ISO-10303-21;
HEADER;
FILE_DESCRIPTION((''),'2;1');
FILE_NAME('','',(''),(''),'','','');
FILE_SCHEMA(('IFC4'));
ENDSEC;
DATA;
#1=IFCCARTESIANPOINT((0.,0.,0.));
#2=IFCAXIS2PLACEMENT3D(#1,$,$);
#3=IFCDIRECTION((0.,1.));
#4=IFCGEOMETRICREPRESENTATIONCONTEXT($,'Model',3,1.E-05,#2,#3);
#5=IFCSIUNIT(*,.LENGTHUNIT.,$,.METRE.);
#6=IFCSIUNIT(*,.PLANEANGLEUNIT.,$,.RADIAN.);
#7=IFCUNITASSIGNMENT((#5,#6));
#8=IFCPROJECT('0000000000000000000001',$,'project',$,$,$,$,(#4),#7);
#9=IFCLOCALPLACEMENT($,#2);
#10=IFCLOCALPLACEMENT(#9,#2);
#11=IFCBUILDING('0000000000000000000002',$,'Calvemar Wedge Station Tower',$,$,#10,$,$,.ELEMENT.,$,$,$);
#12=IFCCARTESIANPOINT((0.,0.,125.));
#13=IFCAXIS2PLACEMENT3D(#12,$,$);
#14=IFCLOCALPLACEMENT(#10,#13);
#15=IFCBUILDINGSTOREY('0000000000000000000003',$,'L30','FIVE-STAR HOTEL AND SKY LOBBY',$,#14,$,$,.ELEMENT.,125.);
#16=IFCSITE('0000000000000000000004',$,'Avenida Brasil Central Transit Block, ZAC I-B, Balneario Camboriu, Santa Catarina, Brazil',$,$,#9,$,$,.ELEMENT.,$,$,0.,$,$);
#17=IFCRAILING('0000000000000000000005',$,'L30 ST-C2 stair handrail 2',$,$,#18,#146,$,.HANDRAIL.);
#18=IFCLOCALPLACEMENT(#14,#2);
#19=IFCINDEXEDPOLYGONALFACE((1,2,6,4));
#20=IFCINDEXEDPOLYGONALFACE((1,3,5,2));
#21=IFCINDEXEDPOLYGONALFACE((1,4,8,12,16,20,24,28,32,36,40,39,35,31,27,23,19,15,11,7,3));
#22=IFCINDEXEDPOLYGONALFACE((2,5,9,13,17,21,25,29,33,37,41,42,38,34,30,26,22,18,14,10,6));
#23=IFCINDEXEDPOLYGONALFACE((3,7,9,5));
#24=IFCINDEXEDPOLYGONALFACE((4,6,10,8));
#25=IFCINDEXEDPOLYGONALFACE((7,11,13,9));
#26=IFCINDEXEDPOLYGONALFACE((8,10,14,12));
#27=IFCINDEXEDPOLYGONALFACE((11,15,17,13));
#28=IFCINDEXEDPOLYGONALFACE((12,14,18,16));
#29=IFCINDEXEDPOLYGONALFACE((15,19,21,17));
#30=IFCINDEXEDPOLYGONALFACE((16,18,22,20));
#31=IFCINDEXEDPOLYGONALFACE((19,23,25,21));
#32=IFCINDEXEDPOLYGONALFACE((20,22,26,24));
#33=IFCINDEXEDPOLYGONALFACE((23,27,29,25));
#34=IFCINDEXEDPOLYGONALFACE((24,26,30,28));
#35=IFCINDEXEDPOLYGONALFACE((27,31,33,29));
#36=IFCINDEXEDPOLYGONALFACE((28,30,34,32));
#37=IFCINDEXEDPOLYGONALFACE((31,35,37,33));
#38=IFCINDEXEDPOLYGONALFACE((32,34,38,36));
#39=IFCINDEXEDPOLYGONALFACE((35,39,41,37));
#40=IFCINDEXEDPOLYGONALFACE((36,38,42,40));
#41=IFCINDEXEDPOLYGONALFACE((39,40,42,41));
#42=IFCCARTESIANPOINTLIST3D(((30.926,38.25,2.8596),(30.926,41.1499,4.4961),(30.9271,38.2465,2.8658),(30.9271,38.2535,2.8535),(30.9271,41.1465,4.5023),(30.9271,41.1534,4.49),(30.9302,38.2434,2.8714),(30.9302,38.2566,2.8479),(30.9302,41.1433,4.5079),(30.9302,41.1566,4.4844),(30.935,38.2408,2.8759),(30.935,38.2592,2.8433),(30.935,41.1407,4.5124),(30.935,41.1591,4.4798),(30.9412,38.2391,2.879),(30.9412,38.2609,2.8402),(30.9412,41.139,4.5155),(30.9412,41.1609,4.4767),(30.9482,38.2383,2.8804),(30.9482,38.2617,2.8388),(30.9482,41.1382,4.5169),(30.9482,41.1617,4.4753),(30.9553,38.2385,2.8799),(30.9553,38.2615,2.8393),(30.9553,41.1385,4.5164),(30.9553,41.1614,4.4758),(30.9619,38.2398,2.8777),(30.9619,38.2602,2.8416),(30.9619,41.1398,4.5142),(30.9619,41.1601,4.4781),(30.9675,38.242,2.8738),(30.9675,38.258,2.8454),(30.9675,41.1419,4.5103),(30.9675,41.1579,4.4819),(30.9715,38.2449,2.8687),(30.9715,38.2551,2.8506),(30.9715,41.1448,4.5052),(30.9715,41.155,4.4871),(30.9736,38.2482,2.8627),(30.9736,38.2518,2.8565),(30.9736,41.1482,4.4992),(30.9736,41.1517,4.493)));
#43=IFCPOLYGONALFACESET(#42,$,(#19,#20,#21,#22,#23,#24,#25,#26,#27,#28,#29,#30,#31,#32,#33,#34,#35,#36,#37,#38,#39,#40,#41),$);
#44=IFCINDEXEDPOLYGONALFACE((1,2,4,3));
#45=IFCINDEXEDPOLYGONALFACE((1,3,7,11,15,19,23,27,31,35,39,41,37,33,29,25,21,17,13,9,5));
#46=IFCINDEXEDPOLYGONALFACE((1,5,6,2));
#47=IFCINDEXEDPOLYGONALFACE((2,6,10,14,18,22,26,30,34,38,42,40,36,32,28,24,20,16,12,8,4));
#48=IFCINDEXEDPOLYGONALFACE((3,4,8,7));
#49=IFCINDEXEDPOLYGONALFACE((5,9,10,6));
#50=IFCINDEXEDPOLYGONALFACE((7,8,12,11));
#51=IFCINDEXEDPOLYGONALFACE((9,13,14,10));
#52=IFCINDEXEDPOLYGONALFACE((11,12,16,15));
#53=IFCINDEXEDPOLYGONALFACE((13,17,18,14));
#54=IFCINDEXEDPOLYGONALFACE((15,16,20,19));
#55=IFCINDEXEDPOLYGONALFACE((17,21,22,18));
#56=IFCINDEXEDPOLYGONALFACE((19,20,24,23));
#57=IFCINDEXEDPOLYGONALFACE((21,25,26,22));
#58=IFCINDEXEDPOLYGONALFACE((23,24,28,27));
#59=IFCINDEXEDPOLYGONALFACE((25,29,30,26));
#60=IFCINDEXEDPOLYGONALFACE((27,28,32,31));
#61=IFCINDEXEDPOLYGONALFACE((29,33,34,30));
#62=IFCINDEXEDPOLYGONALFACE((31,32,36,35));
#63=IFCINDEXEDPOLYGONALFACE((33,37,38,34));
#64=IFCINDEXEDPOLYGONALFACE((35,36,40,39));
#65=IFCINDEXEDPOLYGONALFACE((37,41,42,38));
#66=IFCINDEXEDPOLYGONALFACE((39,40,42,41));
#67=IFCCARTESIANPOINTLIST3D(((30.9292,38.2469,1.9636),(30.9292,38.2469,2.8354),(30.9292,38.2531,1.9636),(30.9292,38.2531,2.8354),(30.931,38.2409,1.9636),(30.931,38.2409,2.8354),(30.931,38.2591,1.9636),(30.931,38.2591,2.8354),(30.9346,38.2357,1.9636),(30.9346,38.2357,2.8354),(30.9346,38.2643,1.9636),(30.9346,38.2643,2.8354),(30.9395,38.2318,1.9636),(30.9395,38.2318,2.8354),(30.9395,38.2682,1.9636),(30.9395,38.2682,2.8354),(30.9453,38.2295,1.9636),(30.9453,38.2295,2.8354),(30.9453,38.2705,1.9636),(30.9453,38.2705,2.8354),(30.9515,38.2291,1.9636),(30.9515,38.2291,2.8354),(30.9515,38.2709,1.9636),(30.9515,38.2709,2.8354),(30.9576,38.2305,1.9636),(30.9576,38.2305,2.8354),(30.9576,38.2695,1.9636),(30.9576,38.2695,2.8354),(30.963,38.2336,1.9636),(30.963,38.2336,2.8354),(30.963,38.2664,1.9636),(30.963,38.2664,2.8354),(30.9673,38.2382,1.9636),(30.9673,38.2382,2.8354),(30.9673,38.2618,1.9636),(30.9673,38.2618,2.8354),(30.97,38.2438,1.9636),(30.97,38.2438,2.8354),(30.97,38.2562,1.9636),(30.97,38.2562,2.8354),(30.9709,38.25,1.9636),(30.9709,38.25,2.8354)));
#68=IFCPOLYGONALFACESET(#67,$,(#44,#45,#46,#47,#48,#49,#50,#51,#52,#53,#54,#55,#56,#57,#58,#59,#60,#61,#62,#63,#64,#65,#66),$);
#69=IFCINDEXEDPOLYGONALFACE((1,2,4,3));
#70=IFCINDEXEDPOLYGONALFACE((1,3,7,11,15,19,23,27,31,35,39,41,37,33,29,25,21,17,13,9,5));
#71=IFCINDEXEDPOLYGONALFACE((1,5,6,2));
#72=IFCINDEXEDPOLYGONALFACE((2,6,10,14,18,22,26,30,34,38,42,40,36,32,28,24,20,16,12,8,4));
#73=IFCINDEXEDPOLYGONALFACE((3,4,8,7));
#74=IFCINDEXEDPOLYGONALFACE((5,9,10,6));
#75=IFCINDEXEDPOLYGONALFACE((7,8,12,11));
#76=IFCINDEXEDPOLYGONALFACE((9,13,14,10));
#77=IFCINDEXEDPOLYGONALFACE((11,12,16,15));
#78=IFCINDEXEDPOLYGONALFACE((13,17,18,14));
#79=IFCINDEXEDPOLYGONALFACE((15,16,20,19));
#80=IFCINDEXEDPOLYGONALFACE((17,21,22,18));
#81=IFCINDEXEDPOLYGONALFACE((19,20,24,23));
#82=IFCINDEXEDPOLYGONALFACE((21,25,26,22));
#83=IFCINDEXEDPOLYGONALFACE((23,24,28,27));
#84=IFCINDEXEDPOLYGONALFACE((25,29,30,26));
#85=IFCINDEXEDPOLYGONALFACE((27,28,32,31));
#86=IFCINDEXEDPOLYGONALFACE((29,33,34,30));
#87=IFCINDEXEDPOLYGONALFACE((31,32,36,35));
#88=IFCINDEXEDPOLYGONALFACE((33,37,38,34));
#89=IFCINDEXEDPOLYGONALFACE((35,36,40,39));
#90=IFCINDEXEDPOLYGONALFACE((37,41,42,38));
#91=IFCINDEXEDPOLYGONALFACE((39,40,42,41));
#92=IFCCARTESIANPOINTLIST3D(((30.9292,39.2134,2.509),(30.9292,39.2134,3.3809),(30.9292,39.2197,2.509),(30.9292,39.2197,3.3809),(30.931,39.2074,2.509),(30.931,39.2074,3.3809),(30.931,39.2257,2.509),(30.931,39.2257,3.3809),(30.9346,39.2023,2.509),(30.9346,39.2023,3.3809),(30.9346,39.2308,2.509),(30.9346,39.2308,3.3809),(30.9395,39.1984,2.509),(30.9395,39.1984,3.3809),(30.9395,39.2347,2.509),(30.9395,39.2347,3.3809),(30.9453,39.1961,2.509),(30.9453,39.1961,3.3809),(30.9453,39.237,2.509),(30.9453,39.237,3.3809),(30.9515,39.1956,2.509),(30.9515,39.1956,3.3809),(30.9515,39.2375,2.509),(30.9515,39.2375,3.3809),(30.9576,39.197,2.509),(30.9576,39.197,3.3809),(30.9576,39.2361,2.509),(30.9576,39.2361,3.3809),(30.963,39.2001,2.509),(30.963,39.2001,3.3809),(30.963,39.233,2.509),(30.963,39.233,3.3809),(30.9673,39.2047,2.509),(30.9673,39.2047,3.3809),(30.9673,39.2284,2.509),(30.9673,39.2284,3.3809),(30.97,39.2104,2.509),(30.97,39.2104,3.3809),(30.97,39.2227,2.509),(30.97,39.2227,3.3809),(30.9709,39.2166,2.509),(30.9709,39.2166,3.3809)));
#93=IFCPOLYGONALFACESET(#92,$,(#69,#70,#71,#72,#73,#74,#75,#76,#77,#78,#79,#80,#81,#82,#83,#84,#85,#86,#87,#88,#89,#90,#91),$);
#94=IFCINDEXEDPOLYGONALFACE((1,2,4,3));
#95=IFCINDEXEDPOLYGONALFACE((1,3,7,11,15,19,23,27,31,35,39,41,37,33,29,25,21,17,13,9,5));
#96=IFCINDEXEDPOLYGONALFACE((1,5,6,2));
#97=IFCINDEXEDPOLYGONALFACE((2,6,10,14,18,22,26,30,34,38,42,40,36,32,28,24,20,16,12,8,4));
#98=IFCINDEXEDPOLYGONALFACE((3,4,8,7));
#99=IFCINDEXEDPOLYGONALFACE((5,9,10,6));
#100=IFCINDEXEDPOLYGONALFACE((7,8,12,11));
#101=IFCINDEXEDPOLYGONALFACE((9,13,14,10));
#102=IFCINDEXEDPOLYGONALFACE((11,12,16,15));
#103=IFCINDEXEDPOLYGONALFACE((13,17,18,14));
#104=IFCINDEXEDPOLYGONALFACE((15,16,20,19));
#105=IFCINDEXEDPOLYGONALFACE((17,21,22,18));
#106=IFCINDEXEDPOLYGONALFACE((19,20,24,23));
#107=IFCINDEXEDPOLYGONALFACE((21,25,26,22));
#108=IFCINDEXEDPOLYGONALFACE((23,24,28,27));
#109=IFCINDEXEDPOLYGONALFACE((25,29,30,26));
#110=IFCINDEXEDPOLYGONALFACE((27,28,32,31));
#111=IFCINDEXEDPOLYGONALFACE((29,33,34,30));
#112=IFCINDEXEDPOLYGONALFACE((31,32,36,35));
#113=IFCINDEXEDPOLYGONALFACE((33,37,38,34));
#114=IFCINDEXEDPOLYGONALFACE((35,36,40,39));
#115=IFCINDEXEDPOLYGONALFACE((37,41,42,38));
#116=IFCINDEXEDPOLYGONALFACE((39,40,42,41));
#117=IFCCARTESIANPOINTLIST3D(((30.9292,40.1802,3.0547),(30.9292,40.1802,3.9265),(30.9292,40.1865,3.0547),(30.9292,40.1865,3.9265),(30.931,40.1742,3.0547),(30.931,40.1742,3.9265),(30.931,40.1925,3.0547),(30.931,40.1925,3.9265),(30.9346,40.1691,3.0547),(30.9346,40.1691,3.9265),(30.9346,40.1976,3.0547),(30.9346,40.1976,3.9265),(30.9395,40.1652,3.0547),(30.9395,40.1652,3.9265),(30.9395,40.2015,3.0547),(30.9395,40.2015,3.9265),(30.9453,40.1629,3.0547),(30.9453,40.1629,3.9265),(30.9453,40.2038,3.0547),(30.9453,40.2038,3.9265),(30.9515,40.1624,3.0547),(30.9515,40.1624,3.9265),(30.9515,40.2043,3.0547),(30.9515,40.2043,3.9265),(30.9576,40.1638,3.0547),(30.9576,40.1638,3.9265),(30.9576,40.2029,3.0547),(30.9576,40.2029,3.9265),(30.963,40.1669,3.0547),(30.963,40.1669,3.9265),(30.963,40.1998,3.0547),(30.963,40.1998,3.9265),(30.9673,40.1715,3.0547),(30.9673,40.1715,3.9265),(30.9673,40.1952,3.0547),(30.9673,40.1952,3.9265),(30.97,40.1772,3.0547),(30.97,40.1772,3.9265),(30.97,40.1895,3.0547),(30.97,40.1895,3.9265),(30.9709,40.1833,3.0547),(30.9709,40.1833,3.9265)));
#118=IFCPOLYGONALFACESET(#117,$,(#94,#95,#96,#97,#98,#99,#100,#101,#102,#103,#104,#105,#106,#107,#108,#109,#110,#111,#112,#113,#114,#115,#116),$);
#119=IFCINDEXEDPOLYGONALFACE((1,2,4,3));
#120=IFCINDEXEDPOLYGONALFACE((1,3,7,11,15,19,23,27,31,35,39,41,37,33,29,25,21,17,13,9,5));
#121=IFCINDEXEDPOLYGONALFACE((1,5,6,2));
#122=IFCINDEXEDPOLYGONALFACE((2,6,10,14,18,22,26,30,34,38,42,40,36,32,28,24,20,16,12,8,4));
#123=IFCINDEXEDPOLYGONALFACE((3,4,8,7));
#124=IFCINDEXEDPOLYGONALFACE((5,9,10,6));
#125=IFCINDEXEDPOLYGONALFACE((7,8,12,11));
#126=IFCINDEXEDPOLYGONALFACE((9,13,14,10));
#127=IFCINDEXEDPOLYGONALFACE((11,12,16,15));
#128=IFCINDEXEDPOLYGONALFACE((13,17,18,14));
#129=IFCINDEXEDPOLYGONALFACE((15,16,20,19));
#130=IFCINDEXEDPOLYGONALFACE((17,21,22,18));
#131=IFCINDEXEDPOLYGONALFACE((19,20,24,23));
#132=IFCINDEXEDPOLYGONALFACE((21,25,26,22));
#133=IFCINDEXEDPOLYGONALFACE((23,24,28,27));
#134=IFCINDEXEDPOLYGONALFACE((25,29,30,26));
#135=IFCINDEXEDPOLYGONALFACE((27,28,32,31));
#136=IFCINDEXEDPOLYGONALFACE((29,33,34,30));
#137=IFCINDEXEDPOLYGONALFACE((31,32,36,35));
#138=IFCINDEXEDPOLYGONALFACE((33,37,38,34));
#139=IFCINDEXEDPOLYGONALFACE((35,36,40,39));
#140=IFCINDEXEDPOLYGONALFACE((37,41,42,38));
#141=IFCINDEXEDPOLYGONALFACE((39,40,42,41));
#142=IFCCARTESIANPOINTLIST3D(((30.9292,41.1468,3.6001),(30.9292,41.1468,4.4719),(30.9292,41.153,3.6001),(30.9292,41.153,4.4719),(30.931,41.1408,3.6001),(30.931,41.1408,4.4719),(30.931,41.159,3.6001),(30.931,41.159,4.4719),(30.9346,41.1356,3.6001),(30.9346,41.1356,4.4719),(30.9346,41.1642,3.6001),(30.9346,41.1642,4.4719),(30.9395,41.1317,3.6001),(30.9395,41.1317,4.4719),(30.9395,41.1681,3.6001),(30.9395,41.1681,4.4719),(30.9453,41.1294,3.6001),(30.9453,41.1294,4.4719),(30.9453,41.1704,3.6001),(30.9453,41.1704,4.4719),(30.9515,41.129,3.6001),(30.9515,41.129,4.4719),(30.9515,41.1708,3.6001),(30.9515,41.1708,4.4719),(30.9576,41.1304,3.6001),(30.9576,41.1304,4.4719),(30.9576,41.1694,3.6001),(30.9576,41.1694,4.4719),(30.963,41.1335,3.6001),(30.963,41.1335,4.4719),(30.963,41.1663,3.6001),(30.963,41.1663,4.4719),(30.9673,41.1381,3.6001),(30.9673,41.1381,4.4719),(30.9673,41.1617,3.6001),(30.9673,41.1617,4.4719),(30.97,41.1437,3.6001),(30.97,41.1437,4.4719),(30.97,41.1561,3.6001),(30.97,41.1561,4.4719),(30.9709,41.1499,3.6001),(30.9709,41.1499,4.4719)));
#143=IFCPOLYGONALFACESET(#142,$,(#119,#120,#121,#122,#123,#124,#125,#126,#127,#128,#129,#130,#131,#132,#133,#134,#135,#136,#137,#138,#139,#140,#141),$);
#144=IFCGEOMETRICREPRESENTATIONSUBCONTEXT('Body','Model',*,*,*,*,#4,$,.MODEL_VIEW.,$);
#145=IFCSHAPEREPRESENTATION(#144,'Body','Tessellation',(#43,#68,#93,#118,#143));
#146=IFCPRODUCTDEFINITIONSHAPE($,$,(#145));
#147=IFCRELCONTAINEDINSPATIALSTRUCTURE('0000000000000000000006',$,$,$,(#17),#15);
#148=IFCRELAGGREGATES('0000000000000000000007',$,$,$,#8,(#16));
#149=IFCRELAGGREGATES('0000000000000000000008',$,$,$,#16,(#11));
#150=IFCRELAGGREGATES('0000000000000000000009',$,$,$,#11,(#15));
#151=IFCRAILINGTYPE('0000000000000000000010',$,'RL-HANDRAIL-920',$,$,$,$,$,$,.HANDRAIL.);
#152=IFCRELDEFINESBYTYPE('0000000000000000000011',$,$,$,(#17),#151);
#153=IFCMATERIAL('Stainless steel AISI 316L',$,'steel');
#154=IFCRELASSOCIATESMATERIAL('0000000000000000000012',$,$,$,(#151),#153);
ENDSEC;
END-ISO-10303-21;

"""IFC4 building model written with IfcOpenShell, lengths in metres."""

from ifc_helpers import new_model, si_unit, direction, frame, origin, origin_2d, place, context, subcontext, project, spatial, circle, extrude, material, type_object, element, save


model = new_model("IFC4")

# Units and contexts
model_context = context("Model", 3, precision=1e-05, world=origin(), true_north=direction((0.0, 1.0)))
body_context = subcontext(model_context, "Body", "Model", "MODEL_VIEW")
ifc_project = project(units=[si_unit("LENGTHUNIT", "METRE"), si_unit("PLANEANGLEUNIT", "RADIAN")], contexts=[model_context])

# Site, building, storey
site_placement = place(None, origin())
site = spatial("IfcSite", under=ifc_project, at=site_placement, Name="Avenida Brasil Central Transit Block, ZAC I-B, Balneario Camboriu, Santa Catarina, Brazil", CompositionType="ELEMENT", RefElevation=0.0)
building_placement = place(site_placement, origin())
building = spatial("IfcBuilding", under=site, at=building_placement, Name="Calvemar Wedge Station Tower", CompositionType="ELEMENT")
storey_placement = place(building_placement, frame((0.0, 0.0, 125.0)))
storey = spatial("IfcBuildingStorey", under=building, at=storey_placement, Name="L30", Description="FIVE-STAR HOTEL AND SKY LOBBY", CompositionType="ELEMENT", Elevation=125.0)

# Railing
ifc_material_1 = material(Name="Stainless steel AISI 316L", Category="steel")
railing_type_1 = type_object("IfcRailingType", Name="RL-HANDRAIL-920", PredefinedType="HANDRAIL", material=ifc_material_1)
railing_1_placement = place(storey_placement, frame((30.95, 38.25, 1.9636)))
element("IfcRailing", 1, at=railing_1_placement, inside=storey, type_object=railing_type_1, Name="L30 ST-C2 stair handrail 2", PredefinedType="HANDRAIL", context=body_context, shape_type="SweptSolid", body=[
    extrude(circle(Radius=0.0239, at=origin_2d()), frame((0.0, 0.0, 0.896), z_axis=(0.0, 0.870897, 0.491465), x_axis=(-1.0, 0.0, 0.0)), (0.0, 0.0, 1.0), 3.3298),
    extrude(circle(Radius=0.021, at=origin_2d()), origin(), (0.0, 0.0, 1.0), 0.8718),
    extrude(circle(Radius=0.021, at=origin_2d()), frame((0.0, 0.9666, 0.5454)), (0.0, 0.0, 1.0), 0.8718),
    extrude(circle(Radius=0.021, at=origin_2d()), frame((0.0, 1.9333, 1.0911)), (0.0, 0.0, 1.0), 0.8718),
    extrude(circle(Radius=0.021, at=origin_2d()), frame((0.0, 2.8999, 1.6365)), (0.0, 0.0, 1.0), 0.8718),
])

save(model, "model.ifc")
